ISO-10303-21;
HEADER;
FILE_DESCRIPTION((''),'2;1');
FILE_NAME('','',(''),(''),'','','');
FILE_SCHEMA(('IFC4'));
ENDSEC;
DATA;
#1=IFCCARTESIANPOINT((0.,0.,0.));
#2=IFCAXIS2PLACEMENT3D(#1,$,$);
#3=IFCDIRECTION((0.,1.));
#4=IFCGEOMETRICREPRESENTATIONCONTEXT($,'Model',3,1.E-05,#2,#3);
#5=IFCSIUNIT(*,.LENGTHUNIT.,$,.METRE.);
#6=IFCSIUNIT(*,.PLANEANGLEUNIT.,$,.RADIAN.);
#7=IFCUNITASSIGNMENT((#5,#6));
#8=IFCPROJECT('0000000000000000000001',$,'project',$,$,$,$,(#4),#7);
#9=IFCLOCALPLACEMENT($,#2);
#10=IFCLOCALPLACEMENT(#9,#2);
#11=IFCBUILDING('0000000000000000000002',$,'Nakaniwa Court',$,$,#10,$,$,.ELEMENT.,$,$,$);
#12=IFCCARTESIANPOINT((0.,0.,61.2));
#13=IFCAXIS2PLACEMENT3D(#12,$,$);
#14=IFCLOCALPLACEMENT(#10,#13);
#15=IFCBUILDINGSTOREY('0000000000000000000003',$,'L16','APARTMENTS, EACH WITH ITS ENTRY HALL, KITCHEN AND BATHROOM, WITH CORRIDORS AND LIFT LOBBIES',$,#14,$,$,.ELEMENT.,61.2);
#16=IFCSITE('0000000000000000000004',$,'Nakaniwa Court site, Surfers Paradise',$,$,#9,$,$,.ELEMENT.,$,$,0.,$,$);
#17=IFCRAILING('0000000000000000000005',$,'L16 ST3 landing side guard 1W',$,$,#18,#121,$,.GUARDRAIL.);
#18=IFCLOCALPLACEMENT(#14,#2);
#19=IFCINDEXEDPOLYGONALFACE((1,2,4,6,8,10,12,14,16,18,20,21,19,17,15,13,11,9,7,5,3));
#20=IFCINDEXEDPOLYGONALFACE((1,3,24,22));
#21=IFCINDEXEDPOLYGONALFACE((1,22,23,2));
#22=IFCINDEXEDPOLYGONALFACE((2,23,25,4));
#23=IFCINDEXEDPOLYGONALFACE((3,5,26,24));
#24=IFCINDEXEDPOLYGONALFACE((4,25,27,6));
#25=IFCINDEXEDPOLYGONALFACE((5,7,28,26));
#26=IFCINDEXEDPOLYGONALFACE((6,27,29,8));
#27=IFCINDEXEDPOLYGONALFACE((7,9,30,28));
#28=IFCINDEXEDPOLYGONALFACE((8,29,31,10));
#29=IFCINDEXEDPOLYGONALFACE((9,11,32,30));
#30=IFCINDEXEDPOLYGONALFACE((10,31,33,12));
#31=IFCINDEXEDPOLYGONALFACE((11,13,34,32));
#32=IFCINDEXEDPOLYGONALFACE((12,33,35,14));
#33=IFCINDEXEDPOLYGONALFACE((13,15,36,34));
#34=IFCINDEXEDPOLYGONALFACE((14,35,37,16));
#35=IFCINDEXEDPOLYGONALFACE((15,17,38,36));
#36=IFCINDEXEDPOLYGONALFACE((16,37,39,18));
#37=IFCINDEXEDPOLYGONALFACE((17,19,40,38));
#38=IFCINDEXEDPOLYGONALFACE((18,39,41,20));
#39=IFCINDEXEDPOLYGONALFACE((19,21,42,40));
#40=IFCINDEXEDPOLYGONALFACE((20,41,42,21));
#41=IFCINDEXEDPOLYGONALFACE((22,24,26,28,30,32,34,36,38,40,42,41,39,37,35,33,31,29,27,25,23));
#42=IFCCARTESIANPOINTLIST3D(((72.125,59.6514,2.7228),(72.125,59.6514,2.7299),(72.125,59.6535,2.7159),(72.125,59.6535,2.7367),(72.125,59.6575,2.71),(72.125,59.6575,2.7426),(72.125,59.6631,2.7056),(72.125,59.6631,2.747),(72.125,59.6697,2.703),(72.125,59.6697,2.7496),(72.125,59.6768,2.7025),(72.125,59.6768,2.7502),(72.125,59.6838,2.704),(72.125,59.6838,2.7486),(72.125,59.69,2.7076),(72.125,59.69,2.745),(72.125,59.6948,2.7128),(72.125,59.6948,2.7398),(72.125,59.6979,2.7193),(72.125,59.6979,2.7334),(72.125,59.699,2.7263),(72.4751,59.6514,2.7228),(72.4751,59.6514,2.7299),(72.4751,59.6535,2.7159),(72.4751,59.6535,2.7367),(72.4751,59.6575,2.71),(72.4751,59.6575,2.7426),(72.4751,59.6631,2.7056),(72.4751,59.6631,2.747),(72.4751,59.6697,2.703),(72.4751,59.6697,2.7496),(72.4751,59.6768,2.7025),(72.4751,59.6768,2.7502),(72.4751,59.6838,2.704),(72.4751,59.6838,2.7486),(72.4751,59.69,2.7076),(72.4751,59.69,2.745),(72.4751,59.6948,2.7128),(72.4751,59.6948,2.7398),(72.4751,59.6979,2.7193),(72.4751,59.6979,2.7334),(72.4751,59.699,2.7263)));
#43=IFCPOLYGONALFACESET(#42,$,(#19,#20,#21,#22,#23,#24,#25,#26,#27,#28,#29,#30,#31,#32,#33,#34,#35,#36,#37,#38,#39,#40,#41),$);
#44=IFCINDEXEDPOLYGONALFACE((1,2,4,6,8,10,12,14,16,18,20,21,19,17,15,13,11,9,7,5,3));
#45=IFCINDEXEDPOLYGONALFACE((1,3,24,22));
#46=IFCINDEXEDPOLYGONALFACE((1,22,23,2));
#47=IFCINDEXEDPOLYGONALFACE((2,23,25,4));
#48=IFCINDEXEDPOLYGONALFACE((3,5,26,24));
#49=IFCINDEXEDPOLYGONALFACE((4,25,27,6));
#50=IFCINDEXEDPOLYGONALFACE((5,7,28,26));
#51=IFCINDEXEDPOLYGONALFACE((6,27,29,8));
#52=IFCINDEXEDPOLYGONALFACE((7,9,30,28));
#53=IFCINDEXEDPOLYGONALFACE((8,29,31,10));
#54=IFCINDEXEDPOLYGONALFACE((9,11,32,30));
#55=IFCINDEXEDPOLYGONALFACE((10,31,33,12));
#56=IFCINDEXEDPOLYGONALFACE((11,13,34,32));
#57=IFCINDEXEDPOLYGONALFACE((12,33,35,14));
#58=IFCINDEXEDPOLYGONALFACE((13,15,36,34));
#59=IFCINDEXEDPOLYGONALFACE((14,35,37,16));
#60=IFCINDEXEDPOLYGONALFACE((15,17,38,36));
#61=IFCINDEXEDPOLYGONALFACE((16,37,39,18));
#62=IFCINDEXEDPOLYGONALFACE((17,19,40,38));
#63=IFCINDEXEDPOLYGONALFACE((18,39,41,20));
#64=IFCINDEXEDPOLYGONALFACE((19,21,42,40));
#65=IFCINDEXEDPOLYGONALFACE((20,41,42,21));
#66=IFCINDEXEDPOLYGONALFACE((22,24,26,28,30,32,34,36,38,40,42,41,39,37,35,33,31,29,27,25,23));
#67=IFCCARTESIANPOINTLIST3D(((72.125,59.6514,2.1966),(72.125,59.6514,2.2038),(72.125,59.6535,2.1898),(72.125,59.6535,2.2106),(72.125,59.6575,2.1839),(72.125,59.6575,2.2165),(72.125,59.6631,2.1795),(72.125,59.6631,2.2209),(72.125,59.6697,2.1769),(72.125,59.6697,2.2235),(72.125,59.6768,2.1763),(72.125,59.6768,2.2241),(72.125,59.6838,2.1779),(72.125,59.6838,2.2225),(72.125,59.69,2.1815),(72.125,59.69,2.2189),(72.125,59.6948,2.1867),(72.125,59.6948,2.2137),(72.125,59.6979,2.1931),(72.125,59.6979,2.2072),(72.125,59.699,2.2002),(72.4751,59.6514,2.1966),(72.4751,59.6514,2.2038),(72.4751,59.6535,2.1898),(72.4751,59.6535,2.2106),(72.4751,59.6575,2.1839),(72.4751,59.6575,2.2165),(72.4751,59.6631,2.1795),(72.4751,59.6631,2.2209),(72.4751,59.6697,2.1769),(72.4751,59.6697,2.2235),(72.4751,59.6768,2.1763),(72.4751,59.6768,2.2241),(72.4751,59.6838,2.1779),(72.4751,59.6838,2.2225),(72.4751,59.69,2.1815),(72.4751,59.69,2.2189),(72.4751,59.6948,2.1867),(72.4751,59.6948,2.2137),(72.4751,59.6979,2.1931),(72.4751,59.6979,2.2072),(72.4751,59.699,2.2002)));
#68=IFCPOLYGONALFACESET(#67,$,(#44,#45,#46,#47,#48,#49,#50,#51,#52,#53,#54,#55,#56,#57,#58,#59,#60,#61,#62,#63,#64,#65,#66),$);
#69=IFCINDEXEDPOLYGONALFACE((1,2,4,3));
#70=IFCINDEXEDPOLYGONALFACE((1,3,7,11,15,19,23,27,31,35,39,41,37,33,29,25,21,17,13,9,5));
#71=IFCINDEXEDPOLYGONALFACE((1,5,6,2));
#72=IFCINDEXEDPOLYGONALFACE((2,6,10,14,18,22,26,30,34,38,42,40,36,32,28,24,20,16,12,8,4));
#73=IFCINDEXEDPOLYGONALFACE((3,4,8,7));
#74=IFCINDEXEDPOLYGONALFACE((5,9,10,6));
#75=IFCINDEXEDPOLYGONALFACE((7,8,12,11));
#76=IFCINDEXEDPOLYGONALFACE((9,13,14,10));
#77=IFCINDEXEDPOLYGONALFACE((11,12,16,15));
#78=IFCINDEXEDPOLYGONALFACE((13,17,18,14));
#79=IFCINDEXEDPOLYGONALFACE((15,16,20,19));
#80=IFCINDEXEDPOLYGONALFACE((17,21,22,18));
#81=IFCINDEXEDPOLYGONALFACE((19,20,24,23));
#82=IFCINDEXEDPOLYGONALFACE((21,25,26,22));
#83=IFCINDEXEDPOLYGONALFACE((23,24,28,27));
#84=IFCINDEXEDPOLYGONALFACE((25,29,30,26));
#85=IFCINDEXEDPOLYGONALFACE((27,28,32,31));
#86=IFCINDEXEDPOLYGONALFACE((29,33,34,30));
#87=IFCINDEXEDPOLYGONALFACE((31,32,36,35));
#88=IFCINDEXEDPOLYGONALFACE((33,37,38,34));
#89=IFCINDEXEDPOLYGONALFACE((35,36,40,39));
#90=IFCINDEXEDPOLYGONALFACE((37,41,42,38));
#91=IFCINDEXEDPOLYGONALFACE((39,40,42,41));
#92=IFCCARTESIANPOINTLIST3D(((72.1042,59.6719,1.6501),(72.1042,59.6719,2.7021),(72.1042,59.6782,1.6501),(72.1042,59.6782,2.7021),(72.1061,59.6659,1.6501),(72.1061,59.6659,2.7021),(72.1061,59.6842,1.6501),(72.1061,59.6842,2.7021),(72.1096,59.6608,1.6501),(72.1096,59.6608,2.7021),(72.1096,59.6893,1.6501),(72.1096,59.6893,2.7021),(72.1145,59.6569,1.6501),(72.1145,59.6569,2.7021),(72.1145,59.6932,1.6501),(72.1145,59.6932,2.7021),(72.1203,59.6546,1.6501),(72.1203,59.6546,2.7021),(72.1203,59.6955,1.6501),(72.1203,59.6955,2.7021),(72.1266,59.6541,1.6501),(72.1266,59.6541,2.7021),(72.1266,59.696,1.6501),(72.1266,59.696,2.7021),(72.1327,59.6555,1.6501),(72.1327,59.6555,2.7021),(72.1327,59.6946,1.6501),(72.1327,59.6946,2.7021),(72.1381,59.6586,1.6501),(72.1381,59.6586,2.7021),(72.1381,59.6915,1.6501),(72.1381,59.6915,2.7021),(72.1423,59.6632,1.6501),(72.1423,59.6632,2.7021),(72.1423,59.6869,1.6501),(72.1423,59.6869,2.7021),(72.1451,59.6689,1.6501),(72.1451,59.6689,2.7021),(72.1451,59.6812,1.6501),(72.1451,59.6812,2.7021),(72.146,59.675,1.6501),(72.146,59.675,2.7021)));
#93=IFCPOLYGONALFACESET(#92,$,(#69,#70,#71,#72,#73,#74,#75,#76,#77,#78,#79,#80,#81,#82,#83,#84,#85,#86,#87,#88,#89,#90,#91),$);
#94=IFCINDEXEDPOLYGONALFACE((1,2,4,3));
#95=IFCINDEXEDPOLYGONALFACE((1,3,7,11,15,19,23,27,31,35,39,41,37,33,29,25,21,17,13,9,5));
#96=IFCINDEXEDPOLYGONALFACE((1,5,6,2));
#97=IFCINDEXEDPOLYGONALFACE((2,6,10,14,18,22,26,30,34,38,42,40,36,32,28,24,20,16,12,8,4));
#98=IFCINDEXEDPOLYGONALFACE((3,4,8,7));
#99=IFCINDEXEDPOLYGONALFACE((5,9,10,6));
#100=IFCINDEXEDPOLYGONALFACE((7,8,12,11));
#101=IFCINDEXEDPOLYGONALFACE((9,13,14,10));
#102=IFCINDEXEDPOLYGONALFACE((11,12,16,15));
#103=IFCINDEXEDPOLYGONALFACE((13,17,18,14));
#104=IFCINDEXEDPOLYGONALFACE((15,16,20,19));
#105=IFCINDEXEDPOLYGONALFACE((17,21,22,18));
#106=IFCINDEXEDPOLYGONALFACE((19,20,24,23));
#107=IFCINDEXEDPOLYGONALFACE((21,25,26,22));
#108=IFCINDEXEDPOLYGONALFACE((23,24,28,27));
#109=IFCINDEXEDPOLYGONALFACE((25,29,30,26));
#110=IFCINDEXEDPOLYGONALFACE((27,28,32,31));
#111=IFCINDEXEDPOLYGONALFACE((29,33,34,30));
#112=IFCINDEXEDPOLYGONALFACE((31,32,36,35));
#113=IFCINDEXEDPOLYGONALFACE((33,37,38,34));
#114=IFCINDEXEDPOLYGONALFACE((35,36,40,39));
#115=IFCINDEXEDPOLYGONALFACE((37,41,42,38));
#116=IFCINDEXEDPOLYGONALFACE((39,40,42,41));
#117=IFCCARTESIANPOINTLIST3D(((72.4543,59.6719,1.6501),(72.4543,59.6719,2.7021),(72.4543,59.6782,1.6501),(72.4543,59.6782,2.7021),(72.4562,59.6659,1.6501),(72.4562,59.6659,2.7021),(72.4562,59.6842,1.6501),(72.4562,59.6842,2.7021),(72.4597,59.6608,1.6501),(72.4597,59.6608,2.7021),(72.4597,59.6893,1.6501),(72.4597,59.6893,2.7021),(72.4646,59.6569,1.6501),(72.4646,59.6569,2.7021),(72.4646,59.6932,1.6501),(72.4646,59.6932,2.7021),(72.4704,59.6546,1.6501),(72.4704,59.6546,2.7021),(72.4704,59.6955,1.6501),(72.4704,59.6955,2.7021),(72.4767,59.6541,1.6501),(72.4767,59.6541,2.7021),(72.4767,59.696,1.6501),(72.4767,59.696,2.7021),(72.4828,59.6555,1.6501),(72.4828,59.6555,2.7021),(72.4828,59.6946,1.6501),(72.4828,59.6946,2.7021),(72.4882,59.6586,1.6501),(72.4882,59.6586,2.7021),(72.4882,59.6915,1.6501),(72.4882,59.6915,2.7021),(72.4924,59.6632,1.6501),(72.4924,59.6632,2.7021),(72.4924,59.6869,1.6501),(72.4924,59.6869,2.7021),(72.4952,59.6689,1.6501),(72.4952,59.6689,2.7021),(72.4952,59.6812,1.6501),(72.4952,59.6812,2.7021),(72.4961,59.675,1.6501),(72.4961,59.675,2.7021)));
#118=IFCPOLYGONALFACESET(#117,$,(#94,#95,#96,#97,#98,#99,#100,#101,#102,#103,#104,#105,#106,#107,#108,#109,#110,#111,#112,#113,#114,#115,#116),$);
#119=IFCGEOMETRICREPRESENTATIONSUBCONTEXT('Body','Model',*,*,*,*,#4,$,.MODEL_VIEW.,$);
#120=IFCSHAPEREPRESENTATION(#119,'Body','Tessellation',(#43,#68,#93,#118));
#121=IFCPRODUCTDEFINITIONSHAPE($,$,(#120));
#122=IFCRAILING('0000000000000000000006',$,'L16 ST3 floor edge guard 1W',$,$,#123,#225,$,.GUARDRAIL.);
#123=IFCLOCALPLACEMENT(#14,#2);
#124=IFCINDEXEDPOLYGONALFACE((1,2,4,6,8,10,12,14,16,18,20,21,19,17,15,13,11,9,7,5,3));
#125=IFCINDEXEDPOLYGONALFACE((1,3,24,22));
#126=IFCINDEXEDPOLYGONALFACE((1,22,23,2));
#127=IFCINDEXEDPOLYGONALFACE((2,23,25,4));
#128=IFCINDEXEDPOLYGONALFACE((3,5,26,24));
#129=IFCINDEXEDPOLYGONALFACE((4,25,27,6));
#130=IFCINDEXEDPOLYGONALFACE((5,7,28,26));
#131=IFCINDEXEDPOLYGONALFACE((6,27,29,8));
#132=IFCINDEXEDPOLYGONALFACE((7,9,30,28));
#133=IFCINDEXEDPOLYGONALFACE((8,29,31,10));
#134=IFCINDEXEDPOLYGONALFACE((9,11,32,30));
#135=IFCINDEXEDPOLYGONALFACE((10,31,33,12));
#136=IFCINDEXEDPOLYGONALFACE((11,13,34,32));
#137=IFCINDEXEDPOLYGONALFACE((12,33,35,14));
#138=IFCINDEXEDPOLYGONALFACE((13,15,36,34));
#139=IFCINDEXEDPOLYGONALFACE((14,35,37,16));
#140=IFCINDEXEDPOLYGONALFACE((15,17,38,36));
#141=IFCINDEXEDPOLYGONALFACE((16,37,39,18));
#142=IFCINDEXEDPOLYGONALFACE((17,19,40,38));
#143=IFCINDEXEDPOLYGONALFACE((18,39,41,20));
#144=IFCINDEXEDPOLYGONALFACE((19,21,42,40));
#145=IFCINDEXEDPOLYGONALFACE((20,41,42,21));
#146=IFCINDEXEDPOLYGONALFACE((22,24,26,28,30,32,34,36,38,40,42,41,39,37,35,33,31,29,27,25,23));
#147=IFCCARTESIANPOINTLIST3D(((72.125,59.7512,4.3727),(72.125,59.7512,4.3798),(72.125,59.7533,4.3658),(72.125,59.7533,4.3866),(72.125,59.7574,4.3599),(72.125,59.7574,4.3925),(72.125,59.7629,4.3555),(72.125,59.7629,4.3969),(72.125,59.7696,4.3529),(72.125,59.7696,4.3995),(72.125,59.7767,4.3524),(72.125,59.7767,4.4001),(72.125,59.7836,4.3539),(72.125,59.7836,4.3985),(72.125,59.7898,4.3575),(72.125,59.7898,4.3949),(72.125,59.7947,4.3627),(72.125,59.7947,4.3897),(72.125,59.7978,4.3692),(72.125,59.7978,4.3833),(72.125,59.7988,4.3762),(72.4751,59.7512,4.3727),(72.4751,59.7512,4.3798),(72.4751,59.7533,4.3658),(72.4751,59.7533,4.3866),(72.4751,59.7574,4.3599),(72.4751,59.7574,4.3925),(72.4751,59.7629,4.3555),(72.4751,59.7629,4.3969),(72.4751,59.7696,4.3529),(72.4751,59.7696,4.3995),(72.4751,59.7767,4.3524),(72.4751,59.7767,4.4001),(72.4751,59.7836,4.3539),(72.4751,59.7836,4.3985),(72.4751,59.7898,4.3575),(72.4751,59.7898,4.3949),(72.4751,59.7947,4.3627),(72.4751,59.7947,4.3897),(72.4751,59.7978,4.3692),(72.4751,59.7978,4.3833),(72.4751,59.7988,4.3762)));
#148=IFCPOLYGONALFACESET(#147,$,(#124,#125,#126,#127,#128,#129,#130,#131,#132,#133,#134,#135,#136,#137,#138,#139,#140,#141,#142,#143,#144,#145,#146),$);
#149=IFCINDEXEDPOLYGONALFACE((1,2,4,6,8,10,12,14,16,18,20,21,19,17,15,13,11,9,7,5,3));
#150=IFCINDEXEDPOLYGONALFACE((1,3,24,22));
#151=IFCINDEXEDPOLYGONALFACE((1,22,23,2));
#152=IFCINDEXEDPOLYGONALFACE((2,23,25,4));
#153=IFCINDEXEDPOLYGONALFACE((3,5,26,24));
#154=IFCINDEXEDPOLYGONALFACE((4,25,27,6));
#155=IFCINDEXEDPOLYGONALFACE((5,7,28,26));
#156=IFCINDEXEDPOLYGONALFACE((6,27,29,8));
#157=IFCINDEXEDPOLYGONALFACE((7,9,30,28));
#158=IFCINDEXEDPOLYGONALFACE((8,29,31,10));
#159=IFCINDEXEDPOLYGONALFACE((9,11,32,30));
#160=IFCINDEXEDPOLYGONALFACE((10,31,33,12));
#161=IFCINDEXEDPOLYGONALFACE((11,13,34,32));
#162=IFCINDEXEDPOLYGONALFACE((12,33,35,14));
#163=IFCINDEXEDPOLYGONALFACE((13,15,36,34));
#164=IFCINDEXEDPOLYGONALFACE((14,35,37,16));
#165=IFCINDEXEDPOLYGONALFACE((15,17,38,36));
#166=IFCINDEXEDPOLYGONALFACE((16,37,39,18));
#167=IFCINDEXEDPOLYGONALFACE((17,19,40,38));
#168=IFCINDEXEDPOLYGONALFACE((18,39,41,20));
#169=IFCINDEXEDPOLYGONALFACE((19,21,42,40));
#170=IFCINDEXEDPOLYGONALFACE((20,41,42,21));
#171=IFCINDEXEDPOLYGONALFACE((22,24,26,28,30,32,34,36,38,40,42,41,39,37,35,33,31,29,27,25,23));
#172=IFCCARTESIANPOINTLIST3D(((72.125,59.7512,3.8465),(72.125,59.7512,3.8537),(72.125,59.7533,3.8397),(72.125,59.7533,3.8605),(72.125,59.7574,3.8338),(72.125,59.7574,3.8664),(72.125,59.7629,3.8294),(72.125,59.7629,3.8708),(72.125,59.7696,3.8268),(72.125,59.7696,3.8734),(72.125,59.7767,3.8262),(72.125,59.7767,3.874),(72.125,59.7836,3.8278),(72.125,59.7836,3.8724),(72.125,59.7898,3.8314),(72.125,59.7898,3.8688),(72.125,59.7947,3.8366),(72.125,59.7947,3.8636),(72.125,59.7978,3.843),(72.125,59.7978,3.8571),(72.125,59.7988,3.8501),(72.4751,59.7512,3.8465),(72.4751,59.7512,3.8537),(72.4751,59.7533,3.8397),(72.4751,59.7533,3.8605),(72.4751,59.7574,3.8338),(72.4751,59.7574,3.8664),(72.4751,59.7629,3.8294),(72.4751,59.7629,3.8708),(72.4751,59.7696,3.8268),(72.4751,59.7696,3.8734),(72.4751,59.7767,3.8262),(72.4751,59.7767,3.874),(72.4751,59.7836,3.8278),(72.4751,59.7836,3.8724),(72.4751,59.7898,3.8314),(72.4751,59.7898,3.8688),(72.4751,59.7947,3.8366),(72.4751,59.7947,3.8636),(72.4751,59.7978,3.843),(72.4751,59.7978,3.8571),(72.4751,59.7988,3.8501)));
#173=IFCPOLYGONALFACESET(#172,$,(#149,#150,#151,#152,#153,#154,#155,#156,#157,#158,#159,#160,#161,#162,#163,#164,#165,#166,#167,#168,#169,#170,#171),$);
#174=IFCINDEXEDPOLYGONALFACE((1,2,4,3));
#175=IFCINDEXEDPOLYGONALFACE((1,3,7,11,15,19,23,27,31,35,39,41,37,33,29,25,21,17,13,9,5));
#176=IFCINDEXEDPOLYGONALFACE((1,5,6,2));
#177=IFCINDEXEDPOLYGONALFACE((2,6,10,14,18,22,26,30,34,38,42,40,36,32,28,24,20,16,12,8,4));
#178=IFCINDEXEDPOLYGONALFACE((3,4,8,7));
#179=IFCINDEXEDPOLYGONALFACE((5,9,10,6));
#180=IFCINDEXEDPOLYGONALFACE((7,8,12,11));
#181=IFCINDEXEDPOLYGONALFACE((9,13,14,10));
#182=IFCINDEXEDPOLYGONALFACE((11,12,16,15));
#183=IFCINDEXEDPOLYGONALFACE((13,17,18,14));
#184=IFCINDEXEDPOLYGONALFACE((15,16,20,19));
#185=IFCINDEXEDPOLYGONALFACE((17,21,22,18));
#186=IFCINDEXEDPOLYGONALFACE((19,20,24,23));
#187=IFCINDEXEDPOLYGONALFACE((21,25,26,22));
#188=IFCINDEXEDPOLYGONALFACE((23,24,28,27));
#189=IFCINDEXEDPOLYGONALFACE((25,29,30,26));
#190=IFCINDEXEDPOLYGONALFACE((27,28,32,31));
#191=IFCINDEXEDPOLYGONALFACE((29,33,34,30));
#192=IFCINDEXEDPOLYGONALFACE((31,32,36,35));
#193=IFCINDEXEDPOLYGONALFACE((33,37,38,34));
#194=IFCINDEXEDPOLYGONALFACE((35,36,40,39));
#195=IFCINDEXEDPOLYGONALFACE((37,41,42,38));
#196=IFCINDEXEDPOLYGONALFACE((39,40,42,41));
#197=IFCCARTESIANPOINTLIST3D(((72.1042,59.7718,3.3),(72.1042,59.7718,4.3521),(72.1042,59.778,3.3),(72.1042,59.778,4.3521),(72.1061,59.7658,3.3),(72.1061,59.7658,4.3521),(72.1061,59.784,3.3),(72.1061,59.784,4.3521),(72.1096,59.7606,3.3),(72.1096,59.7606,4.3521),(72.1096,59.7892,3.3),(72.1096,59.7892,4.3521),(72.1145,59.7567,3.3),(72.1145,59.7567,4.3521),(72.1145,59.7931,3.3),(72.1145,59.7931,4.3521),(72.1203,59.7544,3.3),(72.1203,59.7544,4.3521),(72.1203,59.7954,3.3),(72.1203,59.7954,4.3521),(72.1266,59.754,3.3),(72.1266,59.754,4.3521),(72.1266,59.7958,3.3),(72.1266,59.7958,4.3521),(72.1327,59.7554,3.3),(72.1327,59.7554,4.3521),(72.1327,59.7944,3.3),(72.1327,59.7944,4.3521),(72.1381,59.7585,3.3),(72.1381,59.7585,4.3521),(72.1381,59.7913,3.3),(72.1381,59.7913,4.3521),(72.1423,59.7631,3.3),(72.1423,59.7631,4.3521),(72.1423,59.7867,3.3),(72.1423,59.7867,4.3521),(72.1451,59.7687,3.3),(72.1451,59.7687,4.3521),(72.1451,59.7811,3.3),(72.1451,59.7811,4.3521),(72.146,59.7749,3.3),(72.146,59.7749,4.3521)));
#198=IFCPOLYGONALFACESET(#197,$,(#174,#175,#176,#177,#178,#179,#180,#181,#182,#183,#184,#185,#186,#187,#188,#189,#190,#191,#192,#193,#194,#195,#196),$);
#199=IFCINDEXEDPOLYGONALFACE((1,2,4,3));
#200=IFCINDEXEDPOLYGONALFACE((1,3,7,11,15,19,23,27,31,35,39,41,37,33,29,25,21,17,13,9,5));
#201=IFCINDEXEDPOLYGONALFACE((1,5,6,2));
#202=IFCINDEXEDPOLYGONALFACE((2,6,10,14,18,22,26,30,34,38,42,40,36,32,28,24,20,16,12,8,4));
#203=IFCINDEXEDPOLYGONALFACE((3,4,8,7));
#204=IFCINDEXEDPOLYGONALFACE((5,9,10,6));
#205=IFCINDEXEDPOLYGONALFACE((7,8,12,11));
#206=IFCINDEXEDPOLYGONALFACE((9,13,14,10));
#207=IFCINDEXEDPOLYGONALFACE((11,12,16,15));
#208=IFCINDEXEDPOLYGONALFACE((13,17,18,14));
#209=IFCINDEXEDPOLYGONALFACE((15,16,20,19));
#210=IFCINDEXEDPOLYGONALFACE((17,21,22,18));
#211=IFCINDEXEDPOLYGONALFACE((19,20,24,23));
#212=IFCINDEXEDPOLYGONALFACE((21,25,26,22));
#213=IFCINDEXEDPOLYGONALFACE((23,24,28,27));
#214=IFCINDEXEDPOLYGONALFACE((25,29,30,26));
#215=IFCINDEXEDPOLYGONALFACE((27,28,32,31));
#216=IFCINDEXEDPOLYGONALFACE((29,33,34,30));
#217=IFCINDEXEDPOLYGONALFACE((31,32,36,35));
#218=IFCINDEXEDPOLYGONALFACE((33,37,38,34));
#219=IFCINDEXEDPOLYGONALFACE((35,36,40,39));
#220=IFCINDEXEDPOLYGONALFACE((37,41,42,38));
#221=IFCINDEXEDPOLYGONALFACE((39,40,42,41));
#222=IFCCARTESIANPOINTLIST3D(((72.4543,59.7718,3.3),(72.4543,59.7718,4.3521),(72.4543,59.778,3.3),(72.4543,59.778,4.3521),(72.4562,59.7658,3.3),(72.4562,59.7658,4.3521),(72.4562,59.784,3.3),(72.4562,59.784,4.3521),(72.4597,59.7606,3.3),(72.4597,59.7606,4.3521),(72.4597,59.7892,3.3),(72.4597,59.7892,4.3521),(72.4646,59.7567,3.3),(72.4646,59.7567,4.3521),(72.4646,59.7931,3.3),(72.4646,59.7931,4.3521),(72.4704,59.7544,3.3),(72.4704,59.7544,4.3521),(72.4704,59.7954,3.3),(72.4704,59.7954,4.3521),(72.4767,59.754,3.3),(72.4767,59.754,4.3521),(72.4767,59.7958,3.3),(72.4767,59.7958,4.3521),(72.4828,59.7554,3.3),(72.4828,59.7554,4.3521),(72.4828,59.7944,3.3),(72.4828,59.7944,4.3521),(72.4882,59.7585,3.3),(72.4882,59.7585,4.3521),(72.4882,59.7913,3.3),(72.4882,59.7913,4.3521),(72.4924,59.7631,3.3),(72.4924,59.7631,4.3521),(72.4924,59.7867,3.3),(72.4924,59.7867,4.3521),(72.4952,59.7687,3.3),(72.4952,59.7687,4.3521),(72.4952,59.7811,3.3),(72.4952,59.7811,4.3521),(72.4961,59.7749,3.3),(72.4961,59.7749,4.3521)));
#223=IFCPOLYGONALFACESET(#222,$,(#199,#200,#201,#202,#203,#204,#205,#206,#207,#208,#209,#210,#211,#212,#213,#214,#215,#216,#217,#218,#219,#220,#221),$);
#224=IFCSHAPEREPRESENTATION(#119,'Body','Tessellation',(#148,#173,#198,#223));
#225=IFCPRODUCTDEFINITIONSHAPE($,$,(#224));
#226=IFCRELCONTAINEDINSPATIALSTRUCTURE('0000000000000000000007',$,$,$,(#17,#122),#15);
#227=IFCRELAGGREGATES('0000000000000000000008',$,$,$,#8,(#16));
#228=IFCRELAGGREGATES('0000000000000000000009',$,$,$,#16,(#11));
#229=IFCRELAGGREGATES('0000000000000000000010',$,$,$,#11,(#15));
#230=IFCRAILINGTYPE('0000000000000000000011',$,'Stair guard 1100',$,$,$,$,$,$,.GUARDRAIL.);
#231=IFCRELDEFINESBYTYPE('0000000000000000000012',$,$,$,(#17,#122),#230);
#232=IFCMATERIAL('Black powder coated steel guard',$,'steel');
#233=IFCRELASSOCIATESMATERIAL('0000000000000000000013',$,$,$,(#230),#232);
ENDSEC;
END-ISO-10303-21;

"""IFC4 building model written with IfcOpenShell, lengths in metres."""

from ifc_helpers import new_model, si_unit, direction, frame, origin, origin_2d, place, context, subcontext, project, spatial, circle, extrude, material, type_object, element, save


model = new_model("IFC4")

# Units and contexts
model_context = context("Model", 3, precision=1e-05, world=origin(), true_north=direction((0.0, 1.0)))
body_context = subcontext(model_context, "Body", "Model", "MODEL_VIEW")
ifc_project = project(units=[si_unit("LENGTHUNIT", "METRE"), si_unit("PLANEANGLEUNIT", "RADIAN")], contexts=[model_context])

# Site, building, storey
site_placement = place(None, origin())
site = spatial("IfcSite", under=ifc_project, at=site_placement, Name="Nakaniwa Court site, Surfers Paradise", CompositionType="ELEMENT", RefElevation=0.0)
building_placement = place(site_placement, origin())
building = spatial("IfcBuilding", under=site, at=building_placement, Name="Nakaniwa Court", CompositionType="ELEMENT")
storey_placement = place(building_placement, frame((0.0, 0.0, 61.2)))
storey = spatial("IfcBuildingStorey", under=building, at=storey_placement, Name="L16", Description="APARTMENTS, EACH WITH ITS ENTRY HALL, KITCHEN AND BATHROOM, WITH CORRIDORS AND LIFT LOBBIES", CompositionType="ELEMENT", Elevation=61.2)

# Railings
ifc_material_1 = material(Name="Black powder coated steel guard", Category="steel")
railing_type_1 = type_object("IfcRailingType", Name="Stair guard 1100", PredefinedType="GUARDRAIL", material=ifc_material_1)
for number, where, name in (
    (1, (72.125, 59.675, 1.6501), "L16 ST3 landing side guard 1W"),
    (2, (72.125, 59.7749, 3.3), "L16 ST3 floor edge guard 1W"),
):
    element("IfcRailing", number, at=place(storey_placement, frame(where)), inside=storey, type_object=railing_type_1, Name=name, PredefinedType="GUARDRAIL", context=body_context, shape_type="SweptSolid", body=[
        extrude(circle(Radius=0.0239, at=origin_2d()), frame((0.0, 0.0, 1.0762), z_axis=(1.0, 0.0, 0.0), x_axis=(0.0, 1.0, 0.0)), (0.0, 0.0, 1.0), 0.3501),
        extrude(circle(Radius=0.0239, at=origin_2d()), frame((0.0, 0.0, 0.55), z_axis=(1.0, 0.0, 0.0), x_axis=(0.0, 1.0, 0.0)), (0.0, 0.0, 1.0), 0.3501),
        extrude(circle(Radius=0.021, at=origin_2d()), origin(), (0.0, 0.0, 1.0), 1.052),
        extrude(circle(Radius=0.021, at=origin_2d()), frame((0.3501, 0.0, 0.0)), (0.0, 0.0, 1.0), 1.052),
    ])

save(model, "model.ifc")
